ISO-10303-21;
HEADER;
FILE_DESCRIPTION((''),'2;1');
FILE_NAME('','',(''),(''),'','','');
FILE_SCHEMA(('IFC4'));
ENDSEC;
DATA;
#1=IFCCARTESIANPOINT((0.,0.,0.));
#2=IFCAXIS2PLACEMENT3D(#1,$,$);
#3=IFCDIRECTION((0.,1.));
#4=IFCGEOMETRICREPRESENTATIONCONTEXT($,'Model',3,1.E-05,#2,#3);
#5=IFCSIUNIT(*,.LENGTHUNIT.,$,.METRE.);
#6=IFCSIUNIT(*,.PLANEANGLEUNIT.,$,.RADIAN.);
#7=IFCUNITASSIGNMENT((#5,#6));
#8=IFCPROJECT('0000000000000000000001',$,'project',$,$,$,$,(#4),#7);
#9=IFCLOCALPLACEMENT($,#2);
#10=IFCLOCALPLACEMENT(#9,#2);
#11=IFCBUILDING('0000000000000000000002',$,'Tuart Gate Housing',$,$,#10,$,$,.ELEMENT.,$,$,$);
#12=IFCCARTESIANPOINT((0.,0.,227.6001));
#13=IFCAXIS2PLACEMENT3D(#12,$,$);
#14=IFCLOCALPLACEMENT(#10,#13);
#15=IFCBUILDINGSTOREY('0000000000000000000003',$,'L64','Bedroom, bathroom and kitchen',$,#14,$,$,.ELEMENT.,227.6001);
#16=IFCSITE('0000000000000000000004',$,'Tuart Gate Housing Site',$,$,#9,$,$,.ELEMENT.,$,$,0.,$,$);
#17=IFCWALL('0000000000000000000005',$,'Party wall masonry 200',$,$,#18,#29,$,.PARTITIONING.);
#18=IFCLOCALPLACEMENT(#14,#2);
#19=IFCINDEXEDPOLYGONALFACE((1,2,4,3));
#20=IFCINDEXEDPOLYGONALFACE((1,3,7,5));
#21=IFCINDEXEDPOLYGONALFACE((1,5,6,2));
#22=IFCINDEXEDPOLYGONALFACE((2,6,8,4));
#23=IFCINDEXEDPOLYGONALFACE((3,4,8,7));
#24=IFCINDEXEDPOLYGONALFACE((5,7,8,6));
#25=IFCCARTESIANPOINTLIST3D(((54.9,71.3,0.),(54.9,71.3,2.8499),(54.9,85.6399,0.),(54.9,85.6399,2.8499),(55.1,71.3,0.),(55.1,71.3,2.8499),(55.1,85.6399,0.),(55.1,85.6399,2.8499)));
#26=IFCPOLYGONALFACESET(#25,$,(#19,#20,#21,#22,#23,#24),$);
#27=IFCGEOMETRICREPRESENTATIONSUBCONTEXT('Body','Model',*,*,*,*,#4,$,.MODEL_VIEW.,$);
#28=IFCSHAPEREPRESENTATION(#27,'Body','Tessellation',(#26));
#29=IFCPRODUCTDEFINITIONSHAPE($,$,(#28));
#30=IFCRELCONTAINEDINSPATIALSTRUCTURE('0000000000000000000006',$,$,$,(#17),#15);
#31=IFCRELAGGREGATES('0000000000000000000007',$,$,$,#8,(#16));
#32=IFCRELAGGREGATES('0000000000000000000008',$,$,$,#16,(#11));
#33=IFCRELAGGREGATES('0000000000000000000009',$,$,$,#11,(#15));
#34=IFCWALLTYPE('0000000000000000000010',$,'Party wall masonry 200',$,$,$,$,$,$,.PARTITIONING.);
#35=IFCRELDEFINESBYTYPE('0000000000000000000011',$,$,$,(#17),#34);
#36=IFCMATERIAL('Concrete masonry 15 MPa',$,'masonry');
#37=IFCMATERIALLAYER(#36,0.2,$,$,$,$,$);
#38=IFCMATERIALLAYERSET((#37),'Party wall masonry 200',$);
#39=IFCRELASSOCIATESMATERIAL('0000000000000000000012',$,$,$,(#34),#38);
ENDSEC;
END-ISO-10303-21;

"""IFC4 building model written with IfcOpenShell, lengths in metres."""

from ifc_helpers import new_model, si_unit, direction, frame, frame_2d, origin, place, context, subcontext, project, spatial, rectangle, extrude, material, layer, layer_set, type_object, element, save


model = new_model("IFC4")

# Units and contexts
model_context = context("Model", 3, precision=1e-05, world=origin(), true_north=direction((0.0, 1.0)))
body_context = subcontext(model_context, "Body", "Model", "MODEL_VIEW")
ifc_project = project(units=[si_unit("LENGTHUNIT", "METRE"), si_unit("PLANEANGLEUNIT", "RADIAN")], contexts=[model_context])

# Site, building, storey
site_placement = place(None, origin())
site = spatial("IfcSite", under=ifc_project, at=site_placement, Name="Tuart Gate Housing Site", CompositionType="ELEMENT", RefElevation=0.0)
building_placement = place(site_placement, origin())
building = spatial("IfcBuilding", under=site, at=building_placement, Name="Tuart Gate Housing", CompositionType="ELEMENT")
storey_placement = place(building_placement, frame((0.0, 0.0, 227.6001)))
storey = spatial("IfcBuildingStorey", under=building, at=storey_placement, Name="L64", Description="Bedroom, bathroom and kitchen", CompositionType="ELEMENT", Elevation=227.6001)

# Wall
ifc_material_1 = material(Name="Concrete masonry 15 MPa", Category="masonry")
ifc_layer_1 = layer(ifc_material_1, 0.2)
ifc_layer_set_1 = layer_set([ifc_layer_1], Name="Party wall masonry 200")
wall_type_1 = type_object("IfcWallType", Name="Party wall masonry 200", PredefinedType="PARTITIONING", material=ifc_layer_set_1)
wall_1_placement = place(storey_placement, frame((55.0, 71.3, 0.0), z_axis=(0.0, 0.0, 1.0), x_axis=(0.0, 1.0, 0.0)))
element("IfcWall", 1, at=wall_1_placement, inside=storey, type_object=wall_type_1, Name="Party wall masonry 200", PredefinedType="PARTITIONING", context=body_context, shape_type="SweptSolid", body=[
    extrude(rectangle(XDim=14.3398, YDim=0.2, at=frame_2d((7.1699, 0.0))), origin(), (0.0, 0.0, 1.0), 2.8499),
])

save(model, "model.ifc")
